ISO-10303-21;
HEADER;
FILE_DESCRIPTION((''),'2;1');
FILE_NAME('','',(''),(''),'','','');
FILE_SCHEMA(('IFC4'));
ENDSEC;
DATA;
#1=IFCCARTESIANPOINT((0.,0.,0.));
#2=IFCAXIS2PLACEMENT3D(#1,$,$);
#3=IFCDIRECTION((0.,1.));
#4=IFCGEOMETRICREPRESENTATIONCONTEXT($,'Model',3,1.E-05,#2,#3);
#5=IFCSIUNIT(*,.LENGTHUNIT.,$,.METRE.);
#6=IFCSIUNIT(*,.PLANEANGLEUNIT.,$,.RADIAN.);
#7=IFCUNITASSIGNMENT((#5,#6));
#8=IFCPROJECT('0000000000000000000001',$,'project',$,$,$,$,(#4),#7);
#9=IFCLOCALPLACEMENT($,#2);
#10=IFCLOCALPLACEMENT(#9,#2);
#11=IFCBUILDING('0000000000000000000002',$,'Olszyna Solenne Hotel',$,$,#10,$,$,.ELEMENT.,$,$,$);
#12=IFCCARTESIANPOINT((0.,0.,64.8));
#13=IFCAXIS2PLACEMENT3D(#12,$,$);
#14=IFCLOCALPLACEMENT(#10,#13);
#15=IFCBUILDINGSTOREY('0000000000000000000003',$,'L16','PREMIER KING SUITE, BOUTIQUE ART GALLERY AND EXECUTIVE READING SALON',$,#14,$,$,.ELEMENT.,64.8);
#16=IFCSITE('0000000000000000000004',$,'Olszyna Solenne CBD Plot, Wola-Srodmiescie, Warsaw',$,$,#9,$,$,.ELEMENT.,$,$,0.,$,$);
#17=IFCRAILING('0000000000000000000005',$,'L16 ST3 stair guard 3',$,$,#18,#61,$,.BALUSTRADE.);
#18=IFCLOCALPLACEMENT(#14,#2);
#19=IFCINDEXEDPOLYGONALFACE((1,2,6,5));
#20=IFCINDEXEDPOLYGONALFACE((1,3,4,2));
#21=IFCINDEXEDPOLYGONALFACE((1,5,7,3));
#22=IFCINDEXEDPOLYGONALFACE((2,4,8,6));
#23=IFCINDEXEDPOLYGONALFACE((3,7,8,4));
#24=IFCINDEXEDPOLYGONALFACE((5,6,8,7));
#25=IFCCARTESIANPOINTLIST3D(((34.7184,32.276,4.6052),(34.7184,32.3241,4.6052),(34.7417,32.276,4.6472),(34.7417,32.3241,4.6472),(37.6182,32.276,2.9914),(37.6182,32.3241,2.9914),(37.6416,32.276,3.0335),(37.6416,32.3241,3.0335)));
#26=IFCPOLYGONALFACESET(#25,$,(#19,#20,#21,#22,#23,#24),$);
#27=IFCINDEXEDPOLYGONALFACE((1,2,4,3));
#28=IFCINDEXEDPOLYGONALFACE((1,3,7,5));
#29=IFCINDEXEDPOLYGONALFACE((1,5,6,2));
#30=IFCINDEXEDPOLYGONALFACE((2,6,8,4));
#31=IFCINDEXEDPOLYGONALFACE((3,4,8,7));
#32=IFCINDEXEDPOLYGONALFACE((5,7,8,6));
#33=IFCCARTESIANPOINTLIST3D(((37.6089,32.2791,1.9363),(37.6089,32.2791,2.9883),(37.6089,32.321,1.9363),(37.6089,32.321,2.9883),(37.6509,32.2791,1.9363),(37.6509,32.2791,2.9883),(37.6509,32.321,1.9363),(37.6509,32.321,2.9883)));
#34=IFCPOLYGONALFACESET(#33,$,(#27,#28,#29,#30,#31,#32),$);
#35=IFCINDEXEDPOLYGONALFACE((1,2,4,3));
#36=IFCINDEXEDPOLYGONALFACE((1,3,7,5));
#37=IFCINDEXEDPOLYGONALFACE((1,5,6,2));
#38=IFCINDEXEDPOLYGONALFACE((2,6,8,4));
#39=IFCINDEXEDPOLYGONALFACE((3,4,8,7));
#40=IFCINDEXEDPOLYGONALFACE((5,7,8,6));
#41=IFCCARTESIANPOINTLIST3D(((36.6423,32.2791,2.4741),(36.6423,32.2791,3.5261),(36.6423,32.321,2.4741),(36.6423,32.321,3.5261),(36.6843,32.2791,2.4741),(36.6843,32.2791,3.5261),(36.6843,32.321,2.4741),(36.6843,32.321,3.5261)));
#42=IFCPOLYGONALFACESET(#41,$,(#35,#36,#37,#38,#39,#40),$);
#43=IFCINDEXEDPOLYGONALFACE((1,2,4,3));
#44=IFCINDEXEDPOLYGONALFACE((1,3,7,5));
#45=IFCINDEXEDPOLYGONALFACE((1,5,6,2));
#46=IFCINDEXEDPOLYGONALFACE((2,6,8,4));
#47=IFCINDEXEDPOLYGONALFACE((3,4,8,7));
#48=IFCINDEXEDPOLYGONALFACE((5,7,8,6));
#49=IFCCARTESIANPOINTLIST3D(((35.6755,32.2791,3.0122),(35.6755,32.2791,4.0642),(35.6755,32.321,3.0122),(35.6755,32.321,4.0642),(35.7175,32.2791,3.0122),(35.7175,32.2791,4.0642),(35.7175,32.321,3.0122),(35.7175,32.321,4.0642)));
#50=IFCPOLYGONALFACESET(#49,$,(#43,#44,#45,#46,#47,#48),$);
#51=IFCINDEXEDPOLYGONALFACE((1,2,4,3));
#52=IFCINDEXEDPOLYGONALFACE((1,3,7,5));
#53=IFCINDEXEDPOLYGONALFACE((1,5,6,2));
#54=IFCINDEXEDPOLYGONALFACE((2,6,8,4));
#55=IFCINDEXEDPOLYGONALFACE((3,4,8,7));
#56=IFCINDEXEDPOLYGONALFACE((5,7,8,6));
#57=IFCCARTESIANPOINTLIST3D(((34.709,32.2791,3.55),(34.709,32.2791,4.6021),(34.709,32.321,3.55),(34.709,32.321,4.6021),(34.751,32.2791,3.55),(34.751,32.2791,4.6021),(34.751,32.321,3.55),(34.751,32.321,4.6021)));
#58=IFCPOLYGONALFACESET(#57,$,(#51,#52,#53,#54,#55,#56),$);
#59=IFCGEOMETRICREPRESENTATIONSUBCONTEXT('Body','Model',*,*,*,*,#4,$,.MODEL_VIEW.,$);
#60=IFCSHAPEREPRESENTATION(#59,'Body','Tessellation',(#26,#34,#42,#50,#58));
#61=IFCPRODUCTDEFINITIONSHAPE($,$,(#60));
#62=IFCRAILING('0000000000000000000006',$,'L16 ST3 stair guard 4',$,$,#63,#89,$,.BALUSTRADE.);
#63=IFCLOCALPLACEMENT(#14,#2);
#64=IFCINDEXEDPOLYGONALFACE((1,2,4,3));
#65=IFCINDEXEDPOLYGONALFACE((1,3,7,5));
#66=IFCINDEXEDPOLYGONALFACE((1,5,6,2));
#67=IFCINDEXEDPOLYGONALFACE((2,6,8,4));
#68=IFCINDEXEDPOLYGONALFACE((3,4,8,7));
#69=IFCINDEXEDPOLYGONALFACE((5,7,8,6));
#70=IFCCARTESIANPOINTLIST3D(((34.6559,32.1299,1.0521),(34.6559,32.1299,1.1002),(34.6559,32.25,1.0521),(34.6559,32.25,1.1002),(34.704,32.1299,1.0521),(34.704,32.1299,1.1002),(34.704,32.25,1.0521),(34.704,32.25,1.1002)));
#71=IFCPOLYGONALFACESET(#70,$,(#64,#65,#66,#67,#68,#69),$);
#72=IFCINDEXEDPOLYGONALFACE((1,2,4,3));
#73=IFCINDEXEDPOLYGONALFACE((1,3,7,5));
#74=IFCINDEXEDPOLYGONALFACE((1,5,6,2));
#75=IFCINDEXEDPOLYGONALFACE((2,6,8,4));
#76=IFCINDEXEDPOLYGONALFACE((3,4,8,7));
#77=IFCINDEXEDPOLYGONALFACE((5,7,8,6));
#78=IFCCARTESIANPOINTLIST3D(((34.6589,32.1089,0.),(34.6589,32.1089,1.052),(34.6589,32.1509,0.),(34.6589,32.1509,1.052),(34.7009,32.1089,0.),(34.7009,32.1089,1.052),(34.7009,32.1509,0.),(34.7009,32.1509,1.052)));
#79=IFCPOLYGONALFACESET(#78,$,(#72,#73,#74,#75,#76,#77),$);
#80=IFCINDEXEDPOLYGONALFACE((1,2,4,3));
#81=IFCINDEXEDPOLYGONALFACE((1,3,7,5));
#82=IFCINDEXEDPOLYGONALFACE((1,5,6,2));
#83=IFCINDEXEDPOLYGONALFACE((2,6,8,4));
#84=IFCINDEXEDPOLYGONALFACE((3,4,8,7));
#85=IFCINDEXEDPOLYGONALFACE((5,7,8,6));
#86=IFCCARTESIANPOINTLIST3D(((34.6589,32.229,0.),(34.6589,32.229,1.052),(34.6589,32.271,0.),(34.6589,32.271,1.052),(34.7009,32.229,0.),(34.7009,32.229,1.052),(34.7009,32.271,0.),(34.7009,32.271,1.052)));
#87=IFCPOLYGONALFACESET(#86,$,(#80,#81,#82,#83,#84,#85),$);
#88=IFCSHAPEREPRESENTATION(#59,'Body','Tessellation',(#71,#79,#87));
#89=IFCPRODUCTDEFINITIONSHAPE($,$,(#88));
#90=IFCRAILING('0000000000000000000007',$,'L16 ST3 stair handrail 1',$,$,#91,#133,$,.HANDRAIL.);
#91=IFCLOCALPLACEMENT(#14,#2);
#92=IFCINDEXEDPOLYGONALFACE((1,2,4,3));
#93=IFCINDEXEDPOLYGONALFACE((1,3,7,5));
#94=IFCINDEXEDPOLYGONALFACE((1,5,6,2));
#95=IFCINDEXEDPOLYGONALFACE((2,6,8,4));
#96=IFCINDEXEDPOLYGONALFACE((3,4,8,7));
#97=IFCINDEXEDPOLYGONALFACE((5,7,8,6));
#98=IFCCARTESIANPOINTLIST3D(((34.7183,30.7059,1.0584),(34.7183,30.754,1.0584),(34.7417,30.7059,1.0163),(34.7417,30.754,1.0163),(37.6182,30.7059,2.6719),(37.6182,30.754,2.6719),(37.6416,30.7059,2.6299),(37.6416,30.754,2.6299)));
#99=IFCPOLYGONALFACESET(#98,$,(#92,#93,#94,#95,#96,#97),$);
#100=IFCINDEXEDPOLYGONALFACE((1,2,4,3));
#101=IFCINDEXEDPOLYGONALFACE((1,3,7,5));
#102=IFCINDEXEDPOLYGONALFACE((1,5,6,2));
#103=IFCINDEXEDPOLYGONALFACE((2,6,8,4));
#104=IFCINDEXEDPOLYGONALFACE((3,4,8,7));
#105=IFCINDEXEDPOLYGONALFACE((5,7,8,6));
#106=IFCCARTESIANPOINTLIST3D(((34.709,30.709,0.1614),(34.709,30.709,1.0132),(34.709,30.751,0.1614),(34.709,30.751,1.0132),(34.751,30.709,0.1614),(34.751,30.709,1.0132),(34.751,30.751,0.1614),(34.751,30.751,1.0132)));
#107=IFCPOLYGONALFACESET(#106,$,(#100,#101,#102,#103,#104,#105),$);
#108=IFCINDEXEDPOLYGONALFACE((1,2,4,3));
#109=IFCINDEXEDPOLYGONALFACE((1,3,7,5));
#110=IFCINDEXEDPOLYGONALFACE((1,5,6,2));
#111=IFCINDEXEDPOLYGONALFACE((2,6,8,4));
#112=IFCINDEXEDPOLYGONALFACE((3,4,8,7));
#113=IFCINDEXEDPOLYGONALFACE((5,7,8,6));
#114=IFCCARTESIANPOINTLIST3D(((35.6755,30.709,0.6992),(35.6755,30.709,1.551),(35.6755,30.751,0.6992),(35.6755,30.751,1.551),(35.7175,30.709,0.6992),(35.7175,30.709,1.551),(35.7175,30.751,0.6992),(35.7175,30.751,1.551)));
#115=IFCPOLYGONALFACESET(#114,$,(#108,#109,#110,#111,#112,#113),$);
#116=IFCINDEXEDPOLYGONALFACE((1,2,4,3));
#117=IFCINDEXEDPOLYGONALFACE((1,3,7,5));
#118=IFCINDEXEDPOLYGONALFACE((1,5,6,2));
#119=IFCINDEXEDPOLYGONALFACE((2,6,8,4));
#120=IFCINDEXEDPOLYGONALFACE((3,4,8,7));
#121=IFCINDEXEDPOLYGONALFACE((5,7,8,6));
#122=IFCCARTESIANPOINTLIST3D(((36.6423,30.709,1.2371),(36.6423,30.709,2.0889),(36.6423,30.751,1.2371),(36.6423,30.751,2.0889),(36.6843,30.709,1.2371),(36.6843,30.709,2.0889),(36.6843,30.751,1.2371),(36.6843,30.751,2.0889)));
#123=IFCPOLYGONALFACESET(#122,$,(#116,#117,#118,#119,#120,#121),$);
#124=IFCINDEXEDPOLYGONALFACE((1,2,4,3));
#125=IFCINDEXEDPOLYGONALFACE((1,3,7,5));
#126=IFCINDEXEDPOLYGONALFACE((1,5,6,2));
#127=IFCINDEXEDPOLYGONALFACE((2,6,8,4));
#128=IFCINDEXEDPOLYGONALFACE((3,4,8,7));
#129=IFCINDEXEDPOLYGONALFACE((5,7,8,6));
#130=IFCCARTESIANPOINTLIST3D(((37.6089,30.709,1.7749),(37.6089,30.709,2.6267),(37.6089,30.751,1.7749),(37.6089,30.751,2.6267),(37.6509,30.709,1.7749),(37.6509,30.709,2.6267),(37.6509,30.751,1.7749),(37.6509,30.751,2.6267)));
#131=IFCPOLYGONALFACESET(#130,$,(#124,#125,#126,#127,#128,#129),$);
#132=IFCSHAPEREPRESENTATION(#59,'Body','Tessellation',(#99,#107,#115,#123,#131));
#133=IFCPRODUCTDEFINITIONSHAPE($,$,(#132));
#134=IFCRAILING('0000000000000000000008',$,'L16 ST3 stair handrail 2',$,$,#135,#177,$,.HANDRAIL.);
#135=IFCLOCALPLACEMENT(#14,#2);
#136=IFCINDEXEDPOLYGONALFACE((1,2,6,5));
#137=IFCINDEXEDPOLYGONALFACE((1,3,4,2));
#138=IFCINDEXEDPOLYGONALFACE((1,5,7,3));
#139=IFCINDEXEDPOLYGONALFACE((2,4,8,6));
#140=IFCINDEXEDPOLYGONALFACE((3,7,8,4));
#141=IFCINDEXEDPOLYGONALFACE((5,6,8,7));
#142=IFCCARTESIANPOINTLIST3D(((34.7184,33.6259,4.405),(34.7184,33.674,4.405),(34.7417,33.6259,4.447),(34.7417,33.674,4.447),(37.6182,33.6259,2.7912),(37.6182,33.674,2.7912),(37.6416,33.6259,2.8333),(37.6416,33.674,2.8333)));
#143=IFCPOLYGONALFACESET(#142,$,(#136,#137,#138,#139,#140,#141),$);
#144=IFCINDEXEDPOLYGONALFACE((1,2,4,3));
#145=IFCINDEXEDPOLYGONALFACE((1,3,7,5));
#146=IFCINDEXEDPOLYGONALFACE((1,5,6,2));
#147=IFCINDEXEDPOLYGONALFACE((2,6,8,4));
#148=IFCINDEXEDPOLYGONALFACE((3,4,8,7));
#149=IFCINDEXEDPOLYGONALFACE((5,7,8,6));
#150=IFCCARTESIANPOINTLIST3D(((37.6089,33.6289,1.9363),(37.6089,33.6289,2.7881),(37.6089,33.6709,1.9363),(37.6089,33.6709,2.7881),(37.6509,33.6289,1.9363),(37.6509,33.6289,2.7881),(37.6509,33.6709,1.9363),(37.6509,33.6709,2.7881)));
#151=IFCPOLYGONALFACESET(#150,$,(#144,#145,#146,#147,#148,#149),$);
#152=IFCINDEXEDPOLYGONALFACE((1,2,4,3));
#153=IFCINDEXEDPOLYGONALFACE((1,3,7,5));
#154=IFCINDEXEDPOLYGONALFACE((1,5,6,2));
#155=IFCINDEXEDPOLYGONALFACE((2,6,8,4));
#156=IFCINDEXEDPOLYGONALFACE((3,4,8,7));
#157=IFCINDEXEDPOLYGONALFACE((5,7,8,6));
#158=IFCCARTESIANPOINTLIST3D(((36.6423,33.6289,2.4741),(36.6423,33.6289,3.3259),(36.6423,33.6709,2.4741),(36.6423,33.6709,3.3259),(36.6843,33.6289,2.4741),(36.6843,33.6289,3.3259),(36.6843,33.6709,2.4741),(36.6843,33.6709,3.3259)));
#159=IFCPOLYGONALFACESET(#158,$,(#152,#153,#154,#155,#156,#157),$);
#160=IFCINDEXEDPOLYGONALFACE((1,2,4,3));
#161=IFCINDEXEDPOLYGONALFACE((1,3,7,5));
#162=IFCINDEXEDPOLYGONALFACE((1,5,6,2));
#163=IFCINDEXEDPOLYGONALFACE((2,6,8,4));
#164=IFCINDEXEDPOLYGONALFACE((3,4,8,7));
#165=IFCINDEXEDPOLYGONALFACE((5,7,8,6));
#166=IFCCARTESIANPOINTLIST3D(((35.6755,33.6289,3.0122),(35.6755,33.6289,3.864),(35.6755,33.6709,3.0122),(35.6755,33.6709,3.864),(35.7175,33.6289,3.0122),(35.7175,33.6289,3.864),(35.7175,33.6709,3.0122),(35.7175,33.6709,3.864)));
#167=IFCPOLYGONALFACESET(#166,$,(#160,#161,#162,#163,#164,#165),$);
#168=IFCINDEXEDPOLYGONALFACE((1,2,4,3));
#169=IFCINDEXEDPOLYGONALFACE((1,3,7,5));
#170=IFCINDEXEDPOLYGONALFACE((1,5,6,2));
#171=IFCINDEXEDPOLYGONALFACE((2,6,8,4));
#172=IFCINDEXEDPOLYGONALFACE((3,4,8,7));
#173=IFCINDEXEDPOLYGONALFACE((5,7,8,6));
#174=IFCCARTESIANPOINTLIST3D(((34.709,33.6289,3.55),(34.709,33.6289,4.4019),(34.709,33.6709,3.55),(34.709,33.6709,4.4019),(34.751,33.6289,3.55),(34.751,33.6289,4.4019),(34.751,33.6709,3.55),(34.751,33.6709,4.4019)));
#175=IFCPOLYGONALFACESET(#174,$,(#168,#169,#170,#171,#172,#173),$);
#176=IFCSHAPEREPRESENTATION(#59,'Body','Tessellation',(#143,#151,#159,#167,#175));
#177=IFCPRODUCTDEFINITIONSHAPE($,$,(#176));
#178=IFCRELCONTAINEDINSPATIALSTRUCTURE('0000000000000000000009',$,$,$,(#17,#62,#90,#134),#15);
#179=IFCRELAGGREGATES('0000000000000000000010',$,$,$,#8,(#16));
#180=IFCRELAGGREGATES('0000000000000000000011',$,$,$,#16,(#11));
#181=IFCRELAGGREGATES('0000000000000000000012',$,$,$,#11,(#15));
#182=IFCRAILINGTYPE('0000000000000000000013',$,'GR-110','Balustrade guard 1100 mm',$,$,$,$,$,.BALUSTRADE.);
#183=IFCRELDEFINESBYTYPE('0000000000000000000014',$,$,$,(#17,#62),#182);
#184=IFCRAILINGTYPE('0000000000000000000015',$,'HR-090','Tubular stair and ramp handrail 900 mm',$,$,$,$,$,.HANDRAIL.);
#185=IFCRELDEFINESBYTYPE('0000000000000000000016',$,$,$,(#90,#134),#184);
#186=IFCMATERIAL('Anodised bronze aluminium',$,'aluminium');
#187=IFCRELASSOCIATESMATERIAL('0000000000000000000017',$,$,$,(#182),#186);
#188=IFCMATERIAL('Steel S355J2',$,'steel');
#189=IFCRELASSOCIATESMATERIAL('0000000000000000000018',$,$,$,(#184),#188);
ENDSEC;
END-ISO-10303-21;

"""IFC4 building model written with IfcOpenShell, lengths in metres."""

from ifc_helpers import new_model, si_unit, direction, frame, origin, origin_2d, place, context, subcontext, project, spatial, rectangle, extrude, material, type_object, element, save


model = new_model("IFC4")

# Units and contexts
model_context = context("Model", 3, precision=1e-05, world=origin(), true_north=direction((0.0, 1.0)))
body_context = subcontext(model_context, "Body", "Model", "MODEL_VIEW")
ifc_project = project(units=[si_unit("LENGTHUNIT", "METRE"), si_unit("PLANEANGLEUNIT", "RADIAN")], contexts=[model_context])

# Site, building, storey
site_placement = place(None, origin())
site = spatial("IfcSite", under=ifc_project, at=site_placement, Name="Olszyna Solenne CBD Plot, Wola-Srodmiescie, Warsaw", CompositionType="ELEMENT", RefElevation=0.0)
building_placement = place(site_placement, origin())
building = spatial("IfcBuilding", under=site, at=building_placement, Name="Olszyna Solenne Hotel", CompositionType="ELEMENT")
storey_placement = place(building_placement, frame((0.0, 0.0, 64.8)))
storey = spatial("IfcBuildingStorey", under=building, at=storey_placement, Name="L16", Description="PREMIER KING SUITE, BOUTIQUE ART GALLERY AND EXECUTIVE READING SALON", CompositionType="ELEMENT", Elevation=64.8)

# Shared definitions
ifc_material_1 = material(Name="Steel S355J2", Category="steel")

# Shared definitions
ifc_material_2 = material(Name="Anodised bronze aluminium", Category="aluminium")

# Railings
railing_type_1 = type_object("IfcRailingType", Name="GR-110", Description="Balustrade guard 1100 mm", PredefinedType="BALUSTRADE", material=ifc_material_2)
railing_1_placement = place(storey_placement, frame((37.6299, 32.3, 1.9363)))
element("IfcRailing", 1, at=railing_1_placement, inside=storey, type_object=railing_type_1, Name="L16 ST3 stair guard 3", PredefinedType="BALUSTRADE", context=body_context, shape_type="SweptSolid", body=[
    extrude(rectangle(XDim=0.0481, YDim=0.0481, at=origin_2d()), frame((0.0, 0.0, 1.0762), z_axis=(-0.87381, 0.0, 0.486267), x_axis=(0.0, -1.0, 0.0)), (0.0, 0.0, 1.0), 3.3186),
    extrude(rectangle(XDim=0.042, YDim=0.042, at=origin_2d()), origin(), (0.0, 0.0, 1.0), 1.052),
    extrude(rectangle(XDim=0.042, YDim=0.042, at=origin_2d()), frame((-0.9666, 0.0, 0.5378)), (0.0, 0.0, 1.0), 1.052),
    extrude(rectangle(XDim=0.042, YDim=0.042, at=origin_2d()), frame((-1.9333, 0.0, 1.0759)), (0.0, 0.0, 1.0), 1.052),
    extrude(rectangle(XDim=0.042, YDim=0.042, at=origin_2d()), frame((-2.8999, 0.0, 1.6138)), (0.0, 0.0, 1.0), 1.052),
])
railing_2_placement = place(storey_placement, frame((34.6799, 32.1299, 0.0)))
element("IfcRailing", 2, at=railing_2_placement, inside=storey, type_object=railing_type_1, Name="L16 ST3 stair guard 4", PredefinedType="BALUSTRADE", context=body_context, shape_type="SweptSolid", body=[
    extrude(rectangle(XDim=0.0481, YDim=0.0481, at=origin_2d()), frame((0.0, 0.0, 1.0762), z_axis=(0.0, 1.0, 0.0), x_axis=(-1.0, 0.0, 0.0)), (0.0, 0.0, 1.0), 0.1201),
    extrude(rectangle(XDim=0.042, YDim=0.042, at=origin_2d()), origin(), (0.0, 0.0, 1.0), 1.052),
    extrude(rectangle(XDim=0.042, YDim=0.042, at=origin_2d()), frame((0.0, 0.1201, 0.0)), (0.0, 0.0, 1.0), 1.052),
])
railing_type_2 = type_object("IfcRailingType", Name="HR-090", Description="Tubular stair and ramp handrail 900 mm", PredefinedType="HANDRAIL", material=ifc_material_1)
railing_3_placement = place(storey_placement, frame((34.73, 30.73, 0.1614)))
element("IfcRailing", 3, at=railing_3_placement, inside=storey, type_object=railing_type_2, Name="L16 ST3 stair handrail 1", PredefinedType="HANDRAIL", context=body_context, shape_type="SweptSolid", body=[
    extrude(rectangle(XDim=0.0481, YDim=0.0481, at=origin_2d()), frame((0.0, 0.0, 0.876), z_axis=(0.873841, 0.0, 0.486211), x_axis=(0.0, 1.0, 0.0)), (0.0, 0.0, 1.0), 3.3186),
    extrude(rectangle(XDim=0.042, YDim=0.042, at=origin_2d()), origin(), (0.0, 0.0, 1.0), 0.8518),
    extrude(rectangle(XDim=0.042, YDim=0.042, at=origin_2d()), frame((0.9666, 0.0, 0.5378)), (0.0, 0.0, 1.0), 0.8518),
    extrude(rectangle(XDim=0.042, YDim=0.042, at=origin_2d()), frame((1.9333, 0.0, 1.0757)), (0.0, 0.0, 1.0), 0.8518),
    extrude(rectangle(XDim=0.042, YDim=0.042, at=origin_2d()), frame((2.8999, 0.0, 1.6135)), (0.0, 0.0, 1.0), 0.8518),
])
railing_4_placement = place(storey_placement, frame((37.6299, 33.6499, 1.9363)))
element("IfcRailing", 4, at=railing_4_placement, inside=storey, type_object=railing_type_2, Name="L16 ST3 stair handrail 2", PredefinedType="HANDRAIL", context=body_context, shape_type="SweptSolid", body=[
    extrude(rectangle(XDim=0.0481, YDim=0.0481, at=origin_2d()), frame((0.0, 0.0, 0.876), z_axis=(-0.87381, 0.0, 0.486267), x_axis=(0.0, -1.0, 0.0)), (0.0, 0.0, 1.0), 3.3186),
    extrude(rectangle(XDim=0.042, YDim=0.042, at=origin_2d()), origin(), (0.0, 0.0, 1.0), 0.8518),
    extrude(rectangle(XDim=0.042, YDim=0.042, at=origin_2d()), frame((-0.9666, 0.0, 0.5378)), (0.0, 0.0, 1.0), 0.8518),
    extrude(rectangle(XDim=0.042, YDim=0.042, at=origin_2d()), frame((-1.9333, 0.0, 1.0759)), (0.0, 0.0, 1.0), 0.8518),
    extrude(rectangle(XDim=0.042, YDim=0.042, at=origin_2d()), frame((-2.8999, 0.0, 1.6138)), (0.0, 0.0, 1.0), 0.8518),
])

save(model, "model.ifc")
